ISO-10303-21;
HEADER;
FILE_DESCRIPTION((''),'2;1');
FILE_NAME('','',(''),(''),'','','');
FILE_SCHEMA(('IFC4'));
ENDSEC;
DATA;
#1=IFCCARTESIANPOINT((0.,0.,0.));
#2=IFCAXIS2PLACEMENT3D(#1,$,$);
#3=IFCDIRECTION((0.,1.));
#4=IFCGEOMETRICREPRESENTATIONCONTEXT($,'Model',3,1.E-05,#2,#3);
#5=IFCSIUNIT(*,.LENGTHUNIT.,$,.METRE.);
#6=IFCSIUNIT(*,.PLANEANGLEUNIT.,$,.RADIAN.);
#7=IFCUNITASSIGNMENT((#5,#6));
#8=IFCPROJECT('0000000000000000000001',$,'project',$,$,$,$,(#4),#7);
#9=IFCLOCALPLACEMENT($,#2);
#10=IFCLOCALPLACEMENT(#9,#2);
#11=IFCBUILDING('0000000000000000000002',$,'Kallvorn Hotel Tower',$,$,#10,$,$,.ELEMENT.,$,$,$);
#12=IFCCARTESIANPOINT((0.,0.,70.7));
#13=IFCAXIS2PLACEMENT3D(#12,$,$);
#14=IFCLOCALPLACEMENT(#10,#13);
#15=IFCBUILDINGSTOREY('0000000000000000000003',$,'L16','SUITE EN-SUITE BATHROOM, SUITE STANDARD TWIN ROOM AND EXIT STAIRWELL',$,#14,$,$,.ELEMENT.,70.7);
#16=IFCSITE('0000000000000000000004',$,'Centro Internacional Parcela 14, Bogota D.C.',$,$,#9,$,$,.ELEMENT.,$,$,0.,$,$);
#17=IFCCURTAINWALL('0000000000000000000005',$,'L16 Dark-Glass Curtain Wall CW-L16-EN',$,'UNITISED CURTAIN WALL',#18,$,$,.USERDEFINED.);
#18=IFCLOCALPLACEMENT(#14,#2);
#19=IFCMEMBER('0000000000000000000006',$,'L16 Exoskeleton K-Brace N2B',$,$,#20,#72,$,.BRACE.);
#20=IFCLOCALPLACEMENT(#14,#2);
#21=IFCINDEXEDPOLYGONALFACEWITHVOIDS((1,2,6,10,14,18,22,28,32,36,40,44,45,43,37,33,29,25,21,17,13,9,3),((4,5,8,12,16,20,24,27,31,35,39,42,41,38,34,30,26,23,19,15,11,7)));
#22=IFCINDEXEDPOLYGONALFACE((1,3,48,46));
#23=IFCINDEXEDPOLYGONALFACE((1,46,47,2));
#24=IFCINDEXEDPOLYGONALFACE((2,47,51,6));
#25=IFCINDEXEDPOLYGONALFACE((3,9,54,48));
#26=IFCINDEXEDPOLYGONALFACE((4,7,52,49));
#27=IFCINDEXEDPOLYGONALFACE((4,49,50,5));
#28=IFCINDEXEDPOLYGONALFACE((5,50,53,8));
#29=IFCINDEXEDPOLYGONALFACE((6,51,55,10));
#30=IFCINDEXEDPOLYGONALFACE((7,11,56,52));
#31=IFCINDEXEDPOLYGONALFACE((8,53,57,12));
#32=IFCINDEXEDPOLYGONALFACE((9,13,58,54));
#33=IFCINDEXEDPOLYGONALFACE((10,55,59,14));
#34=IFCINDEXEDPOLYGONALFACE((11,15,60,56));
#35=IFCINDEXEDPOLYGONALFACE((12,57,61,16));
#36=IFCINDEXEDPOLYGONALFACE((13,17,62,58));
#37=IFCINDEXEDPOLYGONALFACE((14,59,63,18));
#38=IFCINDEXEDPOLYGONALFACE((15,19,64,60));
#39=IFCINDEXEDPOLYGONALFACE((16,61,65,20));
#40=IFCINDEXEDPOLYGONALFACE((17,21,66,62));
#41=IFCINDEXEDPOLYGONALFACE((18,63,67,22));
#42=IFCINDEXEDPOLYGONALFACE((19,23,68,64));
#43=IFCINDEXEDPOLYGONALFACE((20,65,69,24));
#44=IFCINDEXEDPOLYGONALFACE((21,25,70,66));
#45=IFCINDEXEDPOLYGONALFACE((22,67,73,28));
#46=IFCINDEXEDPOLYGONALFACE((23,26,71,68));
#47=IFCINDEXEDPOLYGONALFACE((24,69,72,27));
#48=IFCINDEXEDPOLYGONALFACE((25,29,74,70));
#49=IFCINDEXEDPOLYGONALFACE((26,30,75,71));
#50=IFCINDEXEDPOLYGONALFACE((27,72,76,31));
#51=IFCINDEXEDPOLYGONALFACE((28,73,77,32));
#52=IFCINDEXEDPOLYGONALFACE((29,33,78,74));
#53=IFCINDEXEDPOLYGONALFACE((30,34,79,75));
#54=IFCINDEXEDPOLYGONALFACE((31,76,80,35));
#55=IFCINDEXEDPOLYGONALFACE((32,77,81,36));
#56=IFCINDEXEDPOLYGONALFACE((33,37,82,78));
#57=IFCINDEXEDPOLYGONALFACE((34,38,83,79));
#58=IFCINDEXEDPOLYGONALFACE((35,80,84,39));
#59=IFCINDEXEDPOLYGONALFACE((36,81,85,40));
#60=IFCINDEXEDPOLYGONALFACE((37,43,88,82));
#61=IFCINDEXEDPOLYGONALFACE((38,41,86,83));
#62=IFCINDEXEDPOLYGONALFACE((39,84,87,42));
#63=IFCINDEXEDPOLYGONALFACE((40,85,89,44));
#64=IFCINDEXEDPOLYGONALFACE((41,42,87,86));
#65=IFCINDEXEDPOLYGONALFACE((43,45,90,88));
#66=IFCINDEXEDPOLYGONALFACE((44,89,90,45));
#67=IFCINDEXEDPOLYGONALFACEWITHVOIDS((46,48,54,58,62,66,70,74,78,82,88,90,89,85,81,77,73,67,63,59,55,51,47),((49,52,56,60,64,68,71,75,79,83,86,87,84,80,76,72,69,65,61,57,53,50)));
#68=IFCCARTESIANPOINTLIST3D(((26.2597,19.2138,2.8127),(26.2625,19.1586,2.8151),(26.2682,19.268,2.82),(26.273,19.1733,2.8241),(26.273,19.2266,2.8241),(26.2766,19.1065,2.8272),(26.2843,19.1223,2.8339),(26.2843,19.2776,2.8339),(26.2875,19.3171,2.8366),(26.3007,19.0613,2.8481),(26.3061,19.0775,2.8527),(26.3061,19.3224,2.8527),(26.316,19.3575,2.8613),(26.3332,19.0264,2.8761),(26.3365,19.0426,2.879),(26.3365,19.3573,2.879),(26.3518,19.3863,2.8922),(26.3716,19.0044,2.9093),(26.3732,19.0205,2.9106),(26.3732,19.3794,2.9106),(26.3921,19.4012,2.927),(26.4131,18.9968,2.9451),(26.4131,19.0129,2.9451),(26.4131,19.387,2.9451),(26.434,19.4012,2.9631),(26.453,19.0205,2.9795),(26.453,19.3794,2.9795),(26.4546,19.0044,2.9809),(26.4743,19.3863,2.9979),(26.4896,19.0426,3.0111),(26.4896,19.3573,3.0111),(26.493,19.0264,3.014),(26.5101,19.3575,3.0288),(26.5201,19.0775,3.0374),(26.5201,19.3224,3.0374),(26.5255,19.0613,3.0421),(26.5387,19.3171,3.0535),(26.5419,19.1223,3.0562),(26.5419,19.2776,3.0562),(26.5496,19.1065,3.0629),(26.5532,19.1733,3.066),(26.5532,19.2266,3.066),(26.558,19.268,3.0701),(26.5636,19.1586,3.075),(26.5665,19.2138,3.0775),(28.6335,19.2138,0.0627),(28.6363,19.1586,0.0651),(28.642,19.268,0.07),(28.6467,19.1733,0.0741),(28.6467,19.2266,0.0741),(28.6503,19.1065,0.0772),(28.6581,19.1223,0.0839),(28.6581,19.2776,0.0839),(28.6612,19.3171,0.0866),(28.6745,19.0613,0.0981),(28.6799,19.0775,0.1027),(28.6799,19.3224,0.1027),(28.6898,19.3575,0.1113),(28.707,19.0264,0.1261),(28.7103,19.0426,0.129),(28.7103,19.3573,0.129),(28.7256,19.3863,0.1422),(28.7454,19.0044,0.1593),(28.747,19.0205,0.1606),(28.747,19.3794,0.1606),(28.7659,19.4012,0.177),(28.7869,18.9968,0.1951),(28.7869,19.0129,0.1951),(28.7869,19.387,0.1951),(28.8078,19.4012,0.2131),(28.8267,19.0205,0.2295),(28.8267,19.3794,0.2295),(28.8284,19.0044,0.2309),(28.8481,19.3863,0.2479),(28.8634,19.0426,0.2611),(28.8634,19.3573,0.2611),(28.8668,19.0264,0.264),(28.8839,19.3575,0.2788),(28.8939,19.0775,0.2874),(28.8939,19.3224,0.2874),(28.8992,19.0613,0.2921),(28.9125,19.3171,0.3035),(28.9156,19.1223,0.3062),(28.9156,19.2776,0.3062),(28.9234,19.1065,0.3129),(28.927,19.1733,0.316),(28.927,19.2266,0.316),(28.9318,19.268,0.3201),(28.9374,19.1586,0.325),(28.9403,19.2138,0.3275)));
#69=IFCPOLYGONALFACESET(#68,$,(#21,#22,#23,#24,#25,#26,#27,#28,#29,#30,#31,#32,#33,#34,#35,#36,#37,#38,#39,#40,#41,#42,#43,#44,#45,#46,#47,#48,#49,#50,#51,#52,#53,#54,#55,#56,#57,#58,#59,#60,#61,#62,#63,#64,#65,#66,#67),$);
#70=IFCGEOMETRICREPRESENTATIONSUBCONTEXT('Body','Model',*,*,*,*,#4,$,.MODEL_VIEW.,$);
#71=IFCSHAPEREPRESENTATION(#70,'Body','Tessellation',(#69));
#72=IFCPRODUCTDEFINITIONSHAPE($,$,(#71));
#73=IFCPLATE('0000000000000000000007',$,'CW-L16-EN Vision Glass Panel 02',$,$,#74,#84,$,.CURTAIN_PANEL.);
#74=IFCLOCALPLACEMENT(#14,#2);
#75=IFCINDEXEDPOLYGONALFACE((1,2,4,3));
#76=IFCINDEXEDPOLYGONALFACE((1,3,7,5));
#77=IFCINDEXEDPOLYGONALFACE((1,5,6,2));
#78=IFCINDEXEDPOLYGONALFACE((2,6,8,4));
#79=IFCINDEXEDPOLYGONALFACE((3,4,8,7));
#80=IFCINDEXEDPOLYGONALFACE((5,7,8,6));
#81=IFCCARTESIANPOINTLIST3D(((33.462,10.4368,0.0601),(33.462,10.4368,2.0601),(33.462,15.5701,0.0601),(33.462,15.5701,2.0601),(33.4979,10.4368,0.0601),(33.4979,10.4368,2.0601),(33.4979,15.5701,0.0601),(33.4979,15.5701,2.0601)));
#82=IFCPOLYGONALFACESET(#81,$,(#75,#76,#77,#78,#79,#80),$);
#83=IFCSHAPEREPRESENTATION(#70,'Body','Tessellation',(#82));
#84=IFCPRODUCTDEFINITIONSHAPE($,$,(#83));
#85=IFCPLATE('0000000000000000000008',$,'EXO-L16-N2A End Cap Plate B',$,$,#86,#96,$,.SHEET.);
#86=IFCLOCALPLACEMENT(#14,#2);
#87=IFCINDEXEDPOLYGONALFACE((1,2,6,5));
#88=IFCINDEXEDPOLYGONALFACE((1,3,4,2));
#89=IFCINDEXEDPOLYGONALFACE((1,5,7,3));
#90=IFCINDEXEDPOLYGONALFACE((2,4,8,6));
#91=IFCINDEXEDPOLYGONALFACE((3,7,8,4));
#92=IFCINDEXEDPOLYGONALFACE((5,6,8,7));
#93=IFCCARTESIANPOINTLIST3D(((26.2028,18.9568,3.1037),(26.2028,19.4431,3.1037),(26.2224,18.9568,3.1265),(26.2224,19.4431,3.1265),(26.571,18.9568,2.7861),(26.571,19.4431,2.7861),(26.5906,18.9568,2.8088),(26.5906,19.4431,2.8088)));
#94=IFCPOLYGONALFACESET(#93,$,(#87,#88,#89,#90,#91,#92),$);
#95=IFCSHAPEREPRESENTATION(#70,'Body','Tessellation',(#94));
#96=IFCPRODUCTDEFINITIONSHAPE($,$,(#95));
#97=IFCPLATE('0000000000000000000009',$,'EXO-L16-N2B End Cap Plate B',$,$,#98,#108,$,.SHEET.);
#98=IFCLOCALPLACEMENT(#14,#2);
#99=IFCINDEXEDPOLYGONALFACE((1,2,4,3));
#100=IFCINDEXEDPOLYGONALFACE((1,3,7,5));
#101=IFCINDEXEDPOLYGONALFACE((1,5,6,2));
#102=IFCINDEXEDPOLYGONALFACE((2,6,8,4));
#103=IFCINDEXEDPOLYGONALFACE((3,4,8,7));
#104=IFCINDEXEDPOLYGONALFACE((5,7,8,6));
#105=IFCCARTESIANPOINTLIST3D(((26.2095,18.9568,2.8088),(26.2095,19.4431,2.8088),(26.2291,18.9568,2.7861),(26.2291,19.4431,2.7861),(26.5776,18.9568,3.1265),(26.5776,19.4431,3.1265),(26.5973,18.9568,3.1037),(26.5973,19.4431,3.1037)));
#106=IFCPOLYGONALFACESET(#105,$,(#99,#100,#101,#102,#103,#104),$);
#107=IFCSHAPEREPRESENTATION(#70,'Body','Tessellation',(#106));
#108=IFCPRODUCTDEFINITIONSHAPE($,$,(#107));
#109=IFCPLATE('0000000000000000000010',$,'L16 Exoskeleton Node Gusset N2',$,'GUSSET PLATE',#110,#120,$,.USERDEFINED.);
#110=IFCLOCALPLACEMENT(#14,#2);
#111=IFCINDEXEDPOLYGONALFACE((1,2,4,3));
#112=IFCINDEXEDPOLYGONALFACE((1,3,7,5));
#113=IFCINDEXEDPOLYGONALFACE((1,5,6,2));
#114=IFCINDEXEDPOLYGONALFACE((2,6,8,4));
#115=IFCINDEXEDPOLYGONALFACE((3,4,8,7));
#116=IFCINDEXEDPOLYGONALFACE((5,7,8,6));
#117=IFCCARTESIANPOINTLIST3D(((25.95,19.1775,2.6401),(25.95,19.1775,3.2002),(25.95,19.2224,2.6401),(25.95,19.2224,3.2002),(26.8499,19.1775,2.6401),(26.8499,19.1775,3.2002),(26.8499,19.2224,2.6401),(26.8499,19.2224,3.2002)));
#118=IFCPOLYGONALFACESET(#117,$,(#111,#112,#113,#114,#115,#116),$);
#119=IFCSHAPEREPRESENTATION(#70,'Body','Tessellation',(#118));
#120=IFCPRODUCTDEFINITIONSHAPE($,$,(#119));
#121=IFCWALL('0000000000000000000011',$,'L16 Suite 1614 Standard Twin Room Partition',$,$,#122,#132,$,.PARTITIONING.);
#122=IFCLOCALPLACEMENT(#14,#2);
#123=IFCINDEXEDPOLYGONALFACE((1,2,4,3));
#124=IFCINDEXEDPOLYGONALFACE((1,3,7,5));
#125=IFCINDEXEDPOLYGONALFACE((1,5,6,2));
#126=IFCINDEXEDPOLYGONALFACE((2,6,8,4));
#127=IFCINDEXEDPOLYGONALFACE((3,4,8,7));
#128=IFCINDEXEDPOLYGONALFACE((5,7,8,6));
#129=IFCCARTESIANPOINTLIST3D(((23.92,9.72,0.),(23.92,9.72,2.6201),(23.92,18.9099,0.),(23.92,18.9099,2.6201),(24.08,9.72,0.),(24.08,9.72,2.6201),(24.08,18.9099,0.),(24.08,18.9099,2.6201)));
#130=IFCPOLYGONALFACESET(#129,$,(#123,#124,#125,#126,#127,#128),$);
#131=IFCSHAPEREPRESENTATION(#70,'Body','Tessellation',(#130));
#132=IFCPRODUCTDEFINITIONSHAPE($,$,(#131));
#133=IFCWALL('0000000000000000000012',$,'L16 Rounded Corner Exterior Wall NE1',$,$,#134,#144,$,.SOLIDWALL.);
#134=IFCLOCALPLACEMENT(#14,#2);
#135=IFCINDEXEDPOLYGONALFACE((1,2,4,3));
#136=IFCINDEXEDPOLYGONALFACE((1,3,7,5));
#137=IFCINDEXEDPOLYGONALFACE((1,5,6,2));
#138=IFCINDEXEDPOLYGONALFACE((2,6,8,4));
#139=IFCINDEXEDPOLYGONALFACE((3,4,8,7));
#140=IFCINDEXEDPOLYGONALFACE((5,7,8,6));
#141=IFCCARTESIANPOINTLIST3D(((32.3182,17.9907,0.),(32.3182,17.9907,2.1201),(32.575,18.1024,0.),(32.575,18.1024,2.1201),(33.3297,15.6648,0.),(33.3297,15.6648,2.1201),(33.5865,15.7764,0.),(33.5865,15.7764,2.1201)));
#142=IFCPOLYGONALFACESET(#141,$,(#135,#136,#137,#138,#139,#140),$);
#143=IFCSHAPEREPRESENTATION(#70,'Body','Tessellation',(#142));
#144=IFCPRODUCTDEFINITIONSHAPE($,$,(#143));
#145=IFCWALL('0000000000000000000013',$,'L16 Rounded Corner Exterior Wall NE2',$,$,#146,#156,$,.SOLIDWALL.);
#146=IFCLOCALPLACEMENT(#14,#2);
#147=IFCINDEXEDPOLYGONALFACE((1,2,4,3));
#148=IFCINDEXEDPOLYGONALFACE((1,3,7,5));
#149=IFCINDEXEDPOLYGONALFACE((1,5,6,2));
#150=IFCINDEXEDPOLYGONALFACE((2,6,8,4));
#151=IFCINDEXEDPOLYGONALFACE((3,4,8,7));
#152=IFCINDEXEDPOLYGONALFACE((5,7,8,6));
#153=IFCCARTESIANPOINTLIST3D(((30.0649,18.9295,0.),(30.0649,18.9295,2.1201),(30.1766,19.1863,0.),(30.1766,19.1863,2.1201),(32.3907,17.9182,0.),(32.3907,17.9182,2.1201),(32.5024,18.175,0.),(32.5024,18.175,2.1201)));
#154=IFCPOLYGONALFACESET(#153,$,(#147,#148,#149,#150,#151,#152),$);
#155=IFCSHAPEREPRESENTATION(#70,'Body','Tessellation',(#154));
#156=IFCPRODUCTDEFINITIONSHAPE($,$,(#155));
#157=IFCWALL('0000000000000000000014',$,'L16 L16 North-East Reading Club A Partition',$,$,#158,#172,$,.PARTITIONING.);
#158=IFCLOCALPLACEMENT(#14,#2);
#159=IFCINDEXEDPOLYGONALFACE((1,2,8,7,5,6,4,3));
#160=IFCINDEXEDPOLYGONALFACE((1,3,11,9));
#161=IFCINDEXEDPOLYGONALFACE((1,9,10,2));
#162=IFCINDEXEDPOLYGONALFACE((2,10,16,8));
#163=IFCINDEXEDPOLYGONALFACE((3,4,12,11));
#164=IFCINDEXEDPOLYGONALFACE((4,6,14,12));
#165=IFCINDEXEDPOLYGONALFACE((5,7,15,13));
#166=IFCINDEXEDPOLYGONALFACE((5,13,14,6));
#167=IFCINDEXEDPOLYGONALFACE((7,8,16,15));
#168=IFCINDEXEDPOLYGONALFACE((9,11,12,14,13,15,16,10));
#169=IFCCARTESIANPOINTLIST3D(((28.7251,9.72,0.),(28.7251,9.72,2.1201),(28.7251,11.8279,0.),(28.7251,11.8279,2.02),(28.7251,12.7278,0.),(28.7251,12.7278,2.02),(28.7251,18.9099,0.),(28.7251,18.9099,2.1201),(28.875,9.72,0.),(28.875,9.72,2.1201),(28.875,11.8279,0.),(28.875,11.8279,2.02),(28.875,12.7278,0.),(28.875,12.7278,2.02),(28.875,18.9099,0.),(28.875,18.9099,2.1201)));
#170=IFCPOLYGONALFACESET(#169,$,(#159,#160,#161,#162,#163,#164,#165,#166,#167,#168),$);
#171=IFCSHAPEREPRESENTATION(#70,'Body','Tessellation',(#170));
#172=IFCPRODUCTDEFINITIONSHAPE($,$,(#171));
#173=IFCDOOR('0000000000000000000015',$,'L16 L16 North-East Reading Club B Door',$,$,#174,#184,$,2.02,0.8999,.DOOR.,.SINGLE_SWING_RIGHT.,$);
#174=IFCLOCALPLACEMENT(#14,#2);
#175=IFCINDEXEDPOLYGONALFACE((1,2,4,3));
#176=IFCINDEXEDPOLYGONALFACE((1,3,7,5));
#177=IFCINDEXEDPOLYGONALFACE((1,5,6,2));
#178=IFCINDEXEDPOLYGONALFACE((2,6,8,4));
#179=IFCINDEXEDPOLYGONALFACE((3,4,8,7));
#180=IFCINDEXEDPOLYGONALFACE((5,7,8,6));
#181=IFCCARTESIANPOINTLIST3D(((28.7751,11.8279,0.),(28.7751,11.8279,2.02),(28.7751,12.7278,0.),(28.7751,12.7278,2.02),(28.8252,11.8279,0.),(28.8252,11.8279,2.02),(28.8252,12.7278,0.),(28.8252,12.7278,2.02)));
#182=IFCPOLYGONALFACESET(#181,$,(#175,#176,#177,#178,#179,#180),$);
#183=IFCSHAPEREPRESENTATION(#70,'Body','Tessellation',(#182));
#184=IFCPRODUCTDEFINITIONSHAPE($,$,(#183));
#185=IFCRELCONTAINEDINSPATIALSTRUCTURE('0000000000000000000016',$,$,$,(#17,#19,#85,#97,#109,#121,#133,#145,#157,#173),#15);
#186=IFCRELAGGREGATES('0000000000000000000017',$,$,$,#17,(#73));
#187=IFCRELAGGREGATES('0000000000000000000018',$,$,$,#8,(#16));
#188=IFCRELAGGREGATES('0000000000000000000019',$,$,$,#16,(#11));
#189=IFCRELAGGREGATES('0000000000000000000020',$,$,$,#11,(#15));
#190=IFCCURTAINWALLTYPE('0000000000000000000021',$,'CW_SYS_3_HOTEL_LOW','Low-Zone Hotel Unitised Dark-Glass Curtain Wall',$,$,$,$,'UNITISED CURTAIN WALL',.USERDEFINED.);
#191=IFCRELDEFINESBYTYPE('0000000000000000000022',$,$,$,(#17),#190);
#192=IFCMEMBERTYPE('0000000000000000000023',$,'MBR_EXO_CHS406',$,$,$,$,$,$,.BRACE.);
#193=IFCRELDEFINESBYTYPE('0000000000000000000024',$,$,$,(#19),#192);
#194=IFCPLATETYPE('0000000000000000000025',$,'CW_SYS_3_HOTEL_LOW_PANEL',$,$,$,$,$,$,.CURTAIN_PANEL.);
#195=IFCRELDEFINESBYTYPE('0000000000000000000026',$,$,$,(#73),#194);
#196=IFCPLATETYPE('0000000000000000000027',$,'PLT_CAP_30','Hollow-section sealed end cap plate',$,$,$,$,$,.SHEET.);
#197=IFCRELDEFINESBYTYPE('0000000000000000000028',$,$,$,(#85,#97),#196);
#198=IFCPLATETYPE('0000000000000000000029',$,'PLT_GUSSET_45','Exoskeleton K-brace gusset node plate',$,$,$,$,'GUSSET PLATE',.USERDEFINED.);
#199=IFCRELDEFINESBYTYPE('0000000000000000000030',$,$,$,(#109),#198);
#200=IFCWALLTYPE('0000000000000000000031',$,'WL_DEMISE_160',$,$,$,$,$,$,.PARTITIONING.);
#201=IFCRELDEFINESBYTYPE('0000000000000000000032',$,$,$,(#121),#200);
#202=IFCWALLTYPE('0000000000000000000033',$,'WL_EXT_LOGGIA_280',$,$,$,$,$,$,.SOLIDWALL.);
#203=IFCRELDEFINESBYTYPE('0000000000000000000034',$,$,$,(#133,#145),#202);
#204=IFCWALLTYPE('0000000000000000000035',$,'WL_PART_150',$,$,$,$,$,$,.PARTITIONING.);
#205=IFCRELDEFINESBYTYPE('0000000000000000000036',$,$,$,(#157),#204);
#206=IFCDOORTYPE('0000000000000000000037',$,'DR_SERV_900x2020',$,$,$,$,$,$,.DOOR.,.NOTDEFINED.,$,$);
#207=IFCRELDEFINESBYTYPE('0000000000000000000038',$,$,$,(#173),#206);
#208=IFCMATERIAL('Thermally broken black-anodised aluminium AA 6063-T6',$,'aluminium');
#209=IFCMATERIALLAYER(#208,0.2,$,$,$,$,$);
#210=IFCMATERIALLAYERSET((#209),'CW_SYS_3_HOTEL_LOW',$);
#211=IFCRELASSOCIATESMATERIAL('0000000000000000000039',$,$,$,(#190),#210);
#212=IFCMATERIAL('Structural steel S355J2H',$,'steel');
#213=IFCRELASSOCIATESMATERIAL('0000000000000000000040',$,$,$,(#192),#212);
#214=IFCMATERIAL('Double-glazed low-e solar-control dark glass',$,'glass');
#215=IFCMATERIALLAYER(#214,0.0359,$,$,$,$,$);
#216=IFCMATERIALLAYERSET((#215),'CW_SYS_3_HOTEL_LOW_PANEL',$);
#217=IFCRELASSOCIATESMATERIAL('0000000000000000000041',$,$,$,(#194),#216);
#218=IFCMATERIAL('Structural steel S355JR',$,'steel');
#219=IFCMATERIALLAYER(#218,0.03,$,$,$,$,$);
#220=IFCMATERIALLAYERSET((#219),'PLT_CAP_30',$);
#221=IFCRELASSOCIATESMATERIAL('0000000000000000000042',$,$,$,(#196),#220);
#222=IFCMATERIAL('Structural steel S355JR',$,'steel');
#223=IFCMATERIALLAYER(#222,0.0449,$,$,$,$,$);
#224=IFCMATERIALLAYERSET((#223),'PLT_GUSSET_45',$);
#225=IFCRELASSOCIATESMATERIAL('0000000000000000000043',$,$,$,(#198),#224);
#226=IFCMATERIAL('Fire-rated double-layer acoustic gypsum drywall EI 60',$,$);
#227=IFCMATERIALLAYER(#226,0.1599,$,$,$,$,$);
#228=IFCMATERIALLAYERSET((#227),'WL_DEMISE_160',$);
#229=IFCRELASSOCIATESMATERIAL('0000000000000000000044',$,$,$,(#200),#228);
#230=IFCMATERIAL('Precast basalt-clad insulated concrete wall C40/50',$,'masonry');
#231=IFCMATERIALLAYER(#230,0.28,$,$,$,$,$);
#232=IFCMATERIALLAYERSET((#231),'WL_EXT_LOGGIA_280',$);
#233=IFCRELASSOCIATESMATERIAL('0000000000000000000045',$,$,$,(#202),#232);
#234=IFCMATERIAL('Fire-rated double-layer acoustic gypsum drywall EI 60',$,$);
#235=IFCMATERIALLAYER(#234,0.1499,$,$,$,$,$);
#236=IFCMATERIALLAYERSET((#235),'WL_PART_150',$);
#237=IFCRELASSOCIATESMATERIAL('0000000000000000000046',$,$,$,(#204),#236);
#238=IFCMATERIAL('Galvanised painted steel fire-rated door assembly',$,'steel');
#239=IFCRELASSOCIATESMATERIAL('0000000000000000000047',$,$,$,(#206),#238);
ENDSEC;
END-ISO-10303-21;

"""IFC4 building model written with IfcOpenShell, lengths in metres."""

from ifc_helpers import new_model, si_unit, direction, frame, frame_2d, origin, origin_2d, place, context, subcontext, project, spatial, polyline, rectangle, hollow_circle, outline, extrude, material, layer, layer_set, material_profile, profile_set, type_object, element, fill, aggregate, save


model = new_model("IFC4")

# Units and contexts
model_context = context("Model", 3, precision=1e-05, world=origin(), true_north=direction((0.0, 1.0)))
body_context = subcontext(model_context, "Body", "Model", "MODEL_VIEW")
ifc_project = project(units=[si_unit("LENGTHUNIT", "METRE"), si_unit("PLANEANGLEUNIT", "RADIAN")], contexts=[model_context])

# Site, building, storey
site_placement = place(None, origin())
site = spatial("IfcSite", under=ifc_project, at=site_placement, Name="Centro Internacional Parcela 14, Bogota D.C.", CompositionType="ELEMENT", RefElevation=0.0)
building_placement = place(site_placement, origin())
building = spatial("IfcBuilding", under=site, at=building_placement, Name="Kallvorn Hotel Tower", CompositionType="ELEMENT")
storey_placement = place(building_placement, frame((0.0, 0.0, 70.7)))
storey = spatial("IfcBuildingStorey", under=building, at=storey_placement, Name="L16", Description="SUITE EN-SUITE BATHROOM, SUITE STANDARD TWIN ROOM AND EXIT STAIRWELL", CompositionType="ELEMENT", Elevation=70.7)

# Curtain wall
ifc_material_1 = material(Name="Thermally broken black-anodised aluminium AA 6063-T6", Category="aluminium")
ifc_layer_1 = layer(ifc_material_1, 0.2)
ifc_layer_set_1 = layer_set([ifc_layer_1], Name="CW_SYS_3_HOTEL_LOW")
curtain_wall_type = type_object("IfcCurtainWallType", Name="CW_SYS_3_HOTEL_LOW", Description="Low-Zone Hotel Unitised Dark-Glass Curtain Wall", ElementType="UNITISED CURTAIN WALL", PredefinedType="USERDEFINED", material=ifc_layer_set_1)
curtain_wall_placement = place(storey_placement, origin())
curtain_wall = element("IfcCurtainWall", 1, at=curtain_wall_placement, inside=storey, type_object=curtain_wall_type, Name="L16 Dark-Glass Curtain Wall CW-L16-EN", ObjectType="UNITISED CURTAIN WALL", PredefinedType="USERDEFINED")

# Member
ifc_material_2 = material(Name="Structural steel S355J2H", Category="steel")
ifc_material_profile_1 = material_profile(ifc_material_2, hollow_circle(Radius=0.2031, WallThickness=0.0161, at=origin_2d()), Name="CHS 406.4x16")
ifc_profile_set_1 = profile_set([ifc_material_profile_1], Name="Structural steel S355J2H")
member_type_1 = type_object("IfcMemberType", Name="MBR_EXO_CHS406", PredefinedType="BRACE", material=ifc_profile_set_1)
for number, where, z_axis, x_axis, name in (
    (2, (28.7869, 19.2, 0.1951), (-0.653427, 0.0, 0.756989), (0.0, -1.0, 0.0), "L16 Exoskeleton K-Brace N2B"),
):
    element("IfcMember", number, at=place(storey_placement, frame(where, z_axis=z_axis, x_axis=x_axis)), inside=storey, type_object=member_type_1, Name=name, PredefinedType="BRACE", context=body_context, shape_type="SweptSolid", body=[
        extrude(hollow_circle(Radius=0.2031, WallThickness=0.0161, at=origin_2d()), origin(), (0.0, 0.0, 1.0), 3.6328),
    ])

# Plate
ifc_material_3 = material(Name="Double-glazed low-e solar-control dark glass", Category="glass")
ifc_layer_2 = layer(ifc_material_3, 0.0359)
ifc_layer_set_2 = layer_set([ifc_layer_2], Name="CW_SYS_3_HOTEL_LOW_PANEL")
plate_type_1 = type_object("IfcPlateType", Name="CW_SYS_3_HOTEL_LOW_PANEL", PredefinedType="CURTAIN_PANEL", material=ifc_layer_set_2)
plate_1_placement = place(storey_placement, frame((33.48, 13.0034, 0.0601), z_axis=(0.0, 0.0, 1.0), x_axis=(0.0, 1.0, 0.0)))
plate_1 = element("IfcPlate", 3, at=plate_1_placement, type_object=plate_type_1, Name="CW-L16-EN Vision Glass Panel 02", PredefinedType="CURTAIN_PANEL", context=body_context, shape_type="SweptSolid", body=[
    extrude(rectangle(XDim=5.1333, YDim=0.0359, at=origin_2d()), origin(), (0.0, 0.0, 1.0), 2.0),
])
aggregate(curtain_wall, [plate_1])

# Plates
ifc_material_4 = material(Name="Structural steel S355JR", Category="steel")
ifc_layer_3 = layer(ifc_material_4, 0.03)
ifc_layer_set_3 = layer_set([ifc_layer_3], Name="PLT_CAP_30")
plate_type_2 = type_object("IfcPlateType", Name="PLT_CAP_30", Description="Hollow-section sealed end cap plate", PredefinedType="SHEET", material=ifc_layer_set_3)
for number, where, z_axis, x_axis, name in (
    (4, (26.5906, 18.9568, 2.8088), (0.653228, 0.0, 0.757162), (0.0, 1.0, 0.0), "EXO-L16-N2A End Cap Plate B"),
    (5, (26.2095, 19.4431, 2.8088), (-0.653228, 0.0, 0.757162), (0.0, -1.0, 0.0), "EXO-L16-N2B End Cap Plate B"),
):
    element("IfcPlate", number, at=place(storey_placement, frame(where, z_axis=z_axis, x_axis=x_axis)), inside=storey, type_object=plate_type_2, Name=name, PredefinedType="SHEET", context=body_context, shape_type="SweptSolid", body=[
        extrude(outline(polyline([(0.0, 0.0), (0.4863, 0.0), (0.4863, 0.4862), (0.0, 0.4862), (0.0, 0.0)])), origin(), (0.0, 0.0, -1.0), 0.03),
    ])
ifc_material_5 = material(Name="Structural steel S355JR", Category="steel")
ifc_layer_4 = layer(ifc_material_5, 0.0449)
ifc_layer_set_4 = layer_set([ifc_layer_4], Name="PLT_GUSSET_45")
plate_type_3 = type_object("IfcPlateType", Name="PLT_GUSSET_45", Description="Exoskeleton K-brace gusset node plate", ElementType="GUSSET PLATE", PredefinedType="USERDEFINED", material=ifc_layer_set_4)
plate_2_placement = place(storey_placement, frame((26.3999, 19.2, 2.6401), z_axis=(0.0, 0.0, 1.0), x_axis=(1.0, 0.0, 0.0)))
element("IfcPlate", 6, at=plate_2_placement, inside=storey, type_object=plate_type_3, Name="L16 Exoskeleton Node Gusset N2", ObjectType="GUSSET PLATE", PredefinedType="USERDEFINED", context=body_context, shape_type="SweptSolid", body=[
    extrude(rectangle(XDim=0.8999, YDim=0.0449, at=origin_2d()), origin(), (0.0, 0.0, 1.0), 0.5601),
])

# Walls
ifc_material_6 = material(Name="Fire-rated double-layer acoustic gypsum drywall EI 60")
ifc_layer_5 = layer(ifc_material_6, 0.1599)
ifc_layer_set_5 = layer_set([ifc_layer_5], Name="WL_DEMISE_160")
wall_type_1 = type_object("IfcWallType", Name="WL_DEMISE_160", PredefinedType="PARTITIONING", material=ifc_layer_set_5)
wall_1_placement = place(storey_placement, frame((24.0, 9.72, 0.0), z_axis=(0.0, 0.0, 1.0), x_axis=(0.0, 1.0, 0.0)))
element("IfcWall", 7, at=wall_1_placement, inside=storey, type_object=wall_type_1, Name="L16 Suite 1614 Standard Twin Room Partition", PredefinedType="PARTITIONING", context=body_context, shape_type="SweptSolid", body=[
    extrude(rectangle(XDim=9.1899, YDim=0.1599, at=frame_2d((4.595, 0.0))), origin(), (0.0, 0.0, 1.0), 2.6201),
])
ifc_material_7 = material(Name="Precast basalt-clad insulated concrete wall C40/50", Category="masonry")
ifc_layer_6 = layer(ifc_material_7, 0.28)
ifc_layer_set_6 = layer_set([ifc_layer_6], Name="WL_EXT_LOGGIA_280")
wall_type_2 = type_object("IfcWallType", Name="WL_EXT_LOGGIA_280", PredefinedType="SOLIDWALL", material=ifc_layer_set_6)
wall_2_placement = place(storey_placement, frame((33.458, 15.7207, 0.0), z_axis=(0.0, 0.0, 1.0), x_axis=(-0.398793, 0.917041, 0.0)))
element("IfcWall", 8, at=wall_2_placement, inside=storey, type_object=wall_type_2, Name="L16 Rounded Corner Exterior Wall NE1", PredefinedType="SOLIDWALL", context=body_context, shape_type="SweptSolid", body=[
    extrude(rectangle(XDim=2.5364, YDim=0.28, at=frame_2d((1.2681, 0.0))), origin(), (0.0, 0.0, 1.0), 2.1201),
])
wall_3_placement = place(storey_placement, frame((32.4465, 18.0466, 0.0), z_axis=(0.0, 0.0, 1.0), x_axis=(-0.917061, 0.398747, 0.0)))
element("IfcWall", 9, at=wall_3_placement, inside=storey, type_object=wall_type_2, Name="L16 Rounded Corner Exterior Wall NE2", PredefinedType="SOLIDWALL", context=body_context, shape_type="SweptSolid", body=[
    extrude(rectangle(XDim=2.5361, YDim=0.28, at=frame_2d((1.2681, 0.0))), origin(), (0.0, 0.0, 1.0), 2.1201),
])

# Wall, opening, door
ifc_material_8 = material(Name="Fire-rated double-layer acoustic gypsum drywall EI 60")
ifc_layer_7 = layer(ifc_material_8, 0.1499)
ifc_layer_set_7 = layer_set([ifc_layer_7], Name="WL_PART_150")
wall_type_3 = type_object("IfcWallType", Name="WL_PART_150", PredefinedType="PARTITIONING", material=ifc_layer_set_7)
wall_4_placement = place(storey_placement, frame((28.8, 9.72, 0.0), z_axis=(0.0, 0.0, 1.0), x_axis=(0.0, 1.0, 0.0)))
wall_4 = element("IfcWall", 10, at=wall_4_placement, inside=storey, type_object=wall_type_3, Name="L16 L16 North-East Reading Club A Partition", PredefinedType="PARTITIONING", context=body_context, shape_type="SweptSolid", body=[
    extrude(rectangle(XDim=9.1899, YDim=0.1499, at=frame_2d((4.595, 0.0))), origin(), (0.0, 0.0, 1.0), 2.1201),
])
opening_placement = place(wall_4_placement, frame((2.1079, 0.0, 0.0)))
opening = element("IfcOpeningElement", 11, at=opening_placement, cuts=wall_4, PredefinedType="OPENING", context=body_context, shape_type="SweptSolid", body=[
    extrude(rectangle(XDim=0.8999, YDim=2.02, at=frame_2d((0.45, 1.01))), frame((0.0, 0.0898, 0.0), z_axis=(0.0, -1.0, 0.0), x_axis=(1.0, 0.0, 0.0)), (0.0, 0.0, 1.0), 0.1799),
])
ifc_material_9 = material(Name="Galvanised painted steel fire-rated door assembly", Category="steel")
door_type = type_object("IfcDoorType", Name="DR_SERV_900x2020", OperationType="NOTDEFINED", PredefinedType="DOOR", material=ifc_material_9)
door_placement = place(opening_placement, origin())
door = element("IfcDoor", 12, at=door_placement, inside=storey, type_object=door_type, Name="L16 L16 North-East Reading Club B Door", OperationType="SINGLE_SWING_RIGHT", OverallHeight=2.02, OverallWidth=0.8999, PredefinedType="DOOR", context=body_context, shape_type="SweptSolid", body=[
    extrude(rectangle(XDim=0.8999, YDim=2.02, at=frame_2d((0.45, 1.01))), frame((0.0, 0.0249, 0.0), z_axis=(0.0, -1.0, 0.0), x_axis=(1.0, 0.0, 0.0)), (0.0, 0.0, 1.0), 0.05),
])
fill(opening, door)

save(model, "model.ifc")
